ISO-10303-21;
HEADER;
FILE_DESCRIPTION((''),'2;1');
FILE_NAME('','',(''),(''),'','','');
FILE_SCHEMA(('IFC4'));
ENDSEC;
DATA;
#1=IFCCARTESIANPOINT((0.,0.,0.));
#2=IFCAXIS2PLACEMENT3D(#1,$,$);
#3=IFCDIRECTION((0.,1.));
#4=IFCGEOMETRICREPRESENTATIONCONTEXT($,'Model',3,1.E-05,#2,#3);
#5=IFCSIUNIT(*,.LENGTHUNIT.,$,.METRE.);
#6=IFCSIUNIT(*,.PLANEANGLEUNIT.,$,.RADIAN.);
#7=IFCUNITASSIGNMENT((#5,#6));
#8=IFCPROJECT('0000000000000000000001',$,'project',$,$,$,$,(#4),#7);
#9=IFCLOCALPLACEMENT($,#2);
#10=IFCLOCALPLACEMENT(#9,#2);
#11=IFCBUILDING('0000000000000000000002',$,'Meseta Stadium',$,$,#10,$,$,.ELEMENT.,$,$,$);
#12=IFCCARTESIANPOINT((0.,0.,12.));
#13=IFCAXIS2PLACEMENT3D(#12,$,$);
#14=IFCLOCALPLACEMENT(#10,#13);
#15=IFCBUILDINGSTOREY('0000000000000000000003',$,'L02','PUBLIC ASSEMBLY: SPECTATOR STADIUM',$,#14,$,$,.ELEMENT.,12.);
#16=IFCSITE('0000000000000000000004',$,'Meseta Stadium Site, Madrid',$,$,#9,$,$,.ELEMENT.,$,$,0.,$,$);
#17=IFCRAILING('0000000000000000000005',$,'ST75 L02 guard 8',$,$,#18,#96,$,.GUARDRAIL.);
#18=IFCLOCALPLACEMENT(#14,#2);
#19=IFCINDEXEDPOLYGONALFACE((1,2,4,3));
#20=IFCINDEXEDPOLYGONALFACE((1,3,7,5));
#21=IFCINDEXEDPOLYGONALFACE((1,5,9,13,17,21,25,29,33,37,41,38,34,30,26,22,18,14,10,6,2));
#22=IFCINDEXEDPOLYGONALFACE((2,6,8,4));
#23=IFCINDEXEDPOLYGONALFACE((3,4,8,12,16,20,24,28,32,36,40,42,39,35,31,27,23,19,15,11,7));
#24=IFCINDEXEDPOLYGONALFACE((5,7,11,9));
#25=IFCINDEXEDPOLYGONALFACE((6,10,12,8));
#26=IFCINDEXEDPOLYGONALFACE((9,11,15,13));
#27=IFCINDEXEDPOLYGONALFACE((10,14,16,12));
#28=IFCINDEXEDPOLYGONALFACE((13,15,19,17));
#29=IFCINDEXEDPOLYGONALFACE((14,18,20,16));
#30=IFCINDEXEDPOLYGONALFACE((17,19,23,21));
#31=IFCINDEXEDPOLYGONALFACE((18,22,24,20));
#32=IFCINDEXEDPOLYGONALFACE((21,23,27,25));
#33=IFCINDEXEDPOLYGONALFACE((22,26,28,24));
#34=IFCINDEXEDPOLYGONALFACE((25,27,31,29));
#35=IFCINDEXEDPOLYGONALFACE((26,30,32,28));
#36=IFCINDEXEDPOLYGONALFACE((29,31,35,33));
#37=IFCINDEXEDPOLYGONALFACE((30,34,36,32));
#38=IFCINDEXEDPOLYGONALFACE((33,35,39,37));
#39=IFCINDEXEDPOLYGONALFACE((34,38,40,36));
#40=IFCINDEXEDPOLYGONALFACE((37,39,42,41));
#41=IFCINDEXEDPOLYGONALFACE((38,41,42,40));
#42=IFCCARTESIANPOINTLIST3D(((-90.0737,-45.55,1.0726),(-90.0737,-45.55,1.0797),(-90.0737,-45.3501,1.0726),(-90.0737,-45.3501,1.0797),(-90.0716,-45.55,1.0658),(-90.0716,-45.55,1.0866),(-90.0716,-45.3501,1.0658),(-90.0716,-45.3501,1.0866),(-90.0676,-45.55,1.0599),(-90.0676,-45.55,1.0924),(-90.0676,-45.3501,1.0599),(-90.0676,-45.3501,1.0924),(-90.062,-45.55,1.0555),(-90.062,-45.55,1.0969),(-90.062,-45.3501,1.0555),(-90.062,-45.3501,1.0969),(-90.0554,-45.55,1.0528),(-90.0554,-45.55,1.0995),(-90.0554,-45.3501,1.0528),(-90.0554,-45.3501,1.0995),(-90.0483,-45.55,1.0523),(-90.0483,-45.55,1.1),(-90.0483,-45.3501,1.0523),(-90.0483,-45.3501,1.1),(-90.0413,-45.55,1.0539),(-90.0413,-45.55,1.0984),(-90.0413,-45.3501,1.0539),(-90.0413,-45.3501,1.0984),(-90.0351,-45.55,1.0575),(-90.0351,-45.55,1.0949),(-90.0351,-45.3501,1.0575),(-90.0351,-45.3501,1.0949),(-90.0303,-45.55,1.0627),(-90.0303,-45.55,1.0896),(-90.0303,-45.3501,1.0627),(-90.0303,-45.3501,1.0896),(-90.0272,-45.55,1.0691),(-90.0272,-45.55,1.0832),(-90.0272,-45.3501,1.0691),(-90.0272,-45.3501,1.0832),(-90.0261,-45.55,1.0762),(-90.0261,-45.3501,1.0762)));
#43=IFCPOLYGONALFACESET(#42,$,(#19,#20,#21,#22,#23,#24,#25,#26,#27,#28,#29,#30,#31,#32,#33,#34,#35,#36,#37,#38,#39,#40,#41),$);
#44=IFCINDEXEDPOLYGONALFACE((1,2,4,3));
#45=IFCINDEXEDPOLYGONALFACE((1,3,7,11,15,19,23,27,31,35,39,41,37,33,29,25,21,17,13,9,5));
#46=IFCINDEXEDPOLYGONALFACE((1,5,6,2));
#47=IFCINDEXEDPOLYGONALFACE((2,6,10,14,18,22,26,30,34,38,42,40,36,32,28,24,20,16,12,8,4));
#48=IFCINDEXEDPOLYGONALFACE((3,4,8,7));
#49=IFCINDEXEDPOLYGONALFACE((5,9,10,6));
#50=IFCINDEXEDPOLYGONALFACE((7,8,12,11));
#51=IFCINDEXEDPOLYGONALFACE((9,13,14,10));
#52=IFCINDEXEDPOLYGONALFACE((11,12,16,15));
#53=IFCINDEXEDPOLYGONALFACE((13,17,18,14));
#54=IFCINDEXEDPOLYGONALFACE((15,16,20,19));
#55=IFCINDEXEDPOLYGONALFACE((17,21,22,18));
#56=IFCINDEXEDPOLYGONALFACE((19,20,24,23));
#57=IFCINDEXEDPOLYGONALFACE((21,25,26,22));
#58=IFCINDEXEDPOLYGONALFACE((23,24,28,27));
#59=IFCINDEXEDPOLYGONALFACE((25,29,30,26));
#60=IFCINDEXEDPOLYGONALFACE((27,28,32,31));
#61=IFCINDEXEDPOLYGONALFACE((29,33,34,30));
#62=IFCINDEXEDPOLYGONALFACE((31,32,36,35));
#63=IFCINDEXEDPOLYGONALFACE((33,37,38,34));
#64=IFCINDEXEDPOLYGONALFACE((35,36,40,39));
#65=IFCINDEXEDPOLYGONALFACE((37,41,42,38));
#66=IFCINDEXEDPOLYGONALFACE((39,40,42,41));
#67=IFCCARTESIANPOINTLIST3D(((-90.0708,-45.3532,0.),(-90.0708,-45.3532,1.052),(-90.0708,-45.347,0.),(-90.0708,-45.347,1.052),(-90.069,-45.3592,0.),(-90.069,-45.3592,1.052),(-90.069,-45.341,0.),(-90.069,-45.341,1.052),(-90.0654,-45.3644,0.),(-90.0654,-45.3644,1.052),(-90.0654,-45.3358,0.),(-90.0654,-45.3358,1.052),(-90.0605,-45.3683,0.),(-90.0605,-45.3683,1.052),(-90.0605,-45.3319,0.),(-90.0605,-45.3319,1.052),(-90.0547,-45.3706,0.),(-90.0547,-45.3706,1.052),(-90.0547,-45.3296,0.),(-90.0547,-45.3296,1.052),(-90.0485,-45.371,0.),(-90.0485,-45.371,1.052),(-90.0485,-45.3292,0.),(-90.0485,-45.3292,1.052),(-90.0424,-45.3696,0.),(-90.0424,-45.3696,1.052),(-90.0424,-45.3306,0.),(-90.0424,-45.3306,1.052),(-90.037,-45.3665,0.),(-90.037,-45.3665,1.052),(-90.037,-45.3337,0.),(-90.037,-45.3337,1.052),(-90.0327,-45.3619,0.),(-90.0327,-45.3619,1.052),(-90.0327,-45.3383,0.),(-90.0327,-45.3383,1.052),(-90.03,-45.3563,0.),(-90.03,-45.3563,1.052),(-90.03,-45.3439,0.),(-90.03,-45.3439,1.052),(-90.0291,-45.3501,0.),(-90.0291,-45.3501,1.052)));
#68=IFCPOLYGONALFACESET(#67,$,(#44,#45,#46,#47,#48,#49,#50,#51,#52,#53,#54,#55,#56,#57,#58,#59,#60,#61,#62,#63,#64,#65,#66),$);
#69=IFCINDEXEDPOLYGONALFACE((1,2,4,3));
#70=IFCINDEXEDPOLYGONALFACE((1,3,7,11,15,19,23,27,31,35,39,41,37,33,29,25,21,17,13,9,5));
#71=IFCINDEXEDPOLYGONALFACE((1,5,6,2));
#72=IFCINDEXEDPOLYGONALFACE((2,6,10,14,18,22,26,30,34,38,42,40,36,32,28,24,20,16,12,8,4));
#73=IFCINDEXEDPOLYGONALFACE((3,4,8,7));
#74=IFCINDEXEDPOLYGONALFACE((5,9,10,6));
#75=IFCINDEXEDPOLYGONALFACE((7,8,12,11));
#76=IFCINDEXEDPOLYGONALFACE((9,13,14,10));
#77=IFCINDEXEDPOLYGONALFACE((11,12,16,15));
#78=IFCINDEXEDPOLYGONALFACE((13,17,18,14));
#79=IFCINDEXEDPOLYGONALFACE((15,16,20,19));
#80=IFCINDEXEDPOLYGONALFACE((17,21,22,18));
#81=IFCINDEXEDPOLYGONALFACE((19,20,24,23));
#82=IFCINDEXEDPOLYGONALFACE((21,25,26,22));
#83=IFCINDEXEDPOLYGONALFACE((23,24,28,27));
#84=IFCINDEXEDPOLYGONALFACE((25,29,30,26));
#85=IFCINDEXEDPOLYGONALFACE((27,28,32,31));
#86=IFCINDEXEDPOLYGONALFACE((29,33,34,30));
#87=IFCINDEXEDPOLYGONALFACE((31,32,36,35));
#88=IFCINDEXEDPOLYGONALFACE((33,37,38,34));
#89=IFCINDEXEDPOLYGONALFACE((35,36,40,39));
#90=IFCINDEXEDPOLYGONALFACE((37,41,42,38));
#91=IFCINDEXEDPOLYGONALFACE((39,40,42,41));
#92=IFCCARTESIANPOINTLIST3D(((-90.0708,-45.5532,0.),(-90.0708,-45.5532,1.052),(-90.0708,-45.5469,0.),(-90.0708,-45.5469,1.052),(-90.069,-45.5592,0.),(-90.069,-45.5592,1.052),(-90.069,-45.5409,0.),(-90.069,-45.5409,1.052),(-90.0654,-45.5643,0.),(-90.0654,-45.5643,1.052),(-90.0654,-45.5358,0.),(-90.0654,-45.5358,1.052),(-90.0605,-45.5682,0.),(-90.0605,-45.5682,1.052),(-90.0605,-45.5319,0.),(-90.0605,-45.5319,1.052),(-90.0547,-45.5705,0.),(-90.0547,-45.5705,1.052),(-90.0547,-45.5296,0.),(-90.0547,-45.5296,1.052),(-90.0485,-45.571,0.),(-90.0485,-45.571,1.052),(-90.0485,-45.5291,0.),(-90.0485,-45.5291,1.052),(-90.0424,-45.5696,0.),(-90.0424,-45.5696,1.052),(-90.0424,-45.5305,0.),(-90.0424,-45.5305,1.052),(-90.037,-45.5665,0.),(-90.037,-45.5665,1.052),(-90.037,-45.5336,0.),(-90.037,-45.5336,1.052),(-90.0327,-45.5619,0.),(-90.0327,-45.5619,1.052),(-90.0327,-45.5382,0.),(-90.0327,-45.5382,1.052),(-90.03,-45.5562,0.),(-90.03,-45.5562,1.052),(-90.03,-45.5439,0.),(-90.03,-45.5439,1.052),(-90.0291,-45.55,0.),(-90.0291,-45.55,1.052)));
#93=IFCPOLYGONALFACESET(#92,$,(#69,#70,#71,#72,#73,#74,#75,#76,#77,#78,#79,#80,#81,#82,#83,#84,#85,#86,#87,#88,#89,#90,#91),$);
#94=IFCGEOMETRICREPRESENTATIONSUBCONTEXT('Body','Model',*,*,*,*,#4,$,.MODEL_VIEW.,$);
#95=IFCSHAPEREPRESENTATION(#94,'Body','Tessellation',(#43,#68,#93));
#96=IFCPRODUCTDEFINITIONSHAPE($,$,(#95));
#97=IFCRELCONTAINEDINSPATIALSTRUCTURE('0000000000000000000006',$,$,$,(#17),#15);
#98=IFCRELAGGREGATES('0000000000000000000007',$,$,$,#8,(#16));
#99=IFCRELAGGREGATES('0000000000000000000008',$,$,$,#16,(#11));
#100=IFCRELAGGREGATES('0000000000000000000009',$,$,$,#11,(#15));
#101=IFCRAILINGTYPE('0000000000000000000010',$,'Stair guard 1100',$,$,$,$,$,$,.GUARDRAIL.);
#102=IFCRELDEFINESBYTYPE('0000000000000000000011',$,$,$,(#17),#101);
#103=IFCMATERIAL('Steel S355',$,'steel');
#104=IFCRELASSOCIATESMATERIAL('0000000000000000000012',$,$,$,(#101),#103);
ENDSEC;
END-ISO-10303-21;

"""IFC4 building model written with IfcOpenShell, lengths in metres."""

from ifc_helpers import new_model, si_unit, direction, frame, origin, origin_2d, place, context, subcontext, project, spatial, circle, extrude, material, type_object, element, save


model = new_model("IFC4")

# Units and contexts
model_context = context("Model", 3, precision=1e-05, world=origin(), true_north=direction((0.0, 1.0)))
body_context = subcontext(model_context, "Body", "Model", "MODEL_VIEW")
ifc_project = project(units=[si_unit("LENGTHUNIT", "METRE"), si_unit("PLANEANGLEUNIT", "RADIAN")], contexts=[model_context])

# Site, building, storey
site_placement = place(None, origin())
site = spatial("IfcSite", under=ifc_project, at=site_placement, Name="Meseta Stadium Site, Madrid", CompositionType="ELEMENT", RefElevation=0.0)
building_placement = place(site_placement, origin())
building = spatial("IfcBuilding", under=site, at=building_placement, Name="Meseta Stadium", CompositionType="ELEMENT")
storey_placement = place(building_placement, frame((0.0, 0.0, 12.0)))
storey = spatial("IfcBuildingStorey", under=building, at=storey_placement, Name="L02", Description="PUBLIC ASSEMBLY: SPECTATOR STADIUM", CompositionType="ELEMENT", Elevation=12.0)

# Railing
ifc_material_1 = material(Name="Steel S355", Category="steel")
railing_type_1 = type_object("IfcRailingType", Name="Stair guard 1100", PredefinedType="GUARDRAIL", material=ifc_material_1)
railing_1_placement = place(storey_placement, frame((-90.05, -45.3501, 0.0)))
element("IfcRailing", 1, at=railing_1_placement, inside=storey, type_object=railing_type_1, Name="ST75 L02 guard 8", PredefinedType="GUARDRAIL", context=body_context, shape_type="SweptSolid", body=[
    extrude(circle(Radius=0.0239, at=origin_2d()), frame((0.0, 0.0, 1.0762), z_axis=(0.0, -1.0, 0.0), x_axis=(1.0, 0.0, 0.0)), (0.0, 0.0, 1.0), 0.2),
    extrude(circle(Radius=0.021, at=origin_2d()), origin(), (0.0, 0.0, 1.0), 1.052),
    extrude(circle(Radius=0.021, at=origin_2d()), frame((0.0, -0.2, 0.0)), (0.0, 0.0, 1.0), 1.052),
])

save(model, "model.ifc")
